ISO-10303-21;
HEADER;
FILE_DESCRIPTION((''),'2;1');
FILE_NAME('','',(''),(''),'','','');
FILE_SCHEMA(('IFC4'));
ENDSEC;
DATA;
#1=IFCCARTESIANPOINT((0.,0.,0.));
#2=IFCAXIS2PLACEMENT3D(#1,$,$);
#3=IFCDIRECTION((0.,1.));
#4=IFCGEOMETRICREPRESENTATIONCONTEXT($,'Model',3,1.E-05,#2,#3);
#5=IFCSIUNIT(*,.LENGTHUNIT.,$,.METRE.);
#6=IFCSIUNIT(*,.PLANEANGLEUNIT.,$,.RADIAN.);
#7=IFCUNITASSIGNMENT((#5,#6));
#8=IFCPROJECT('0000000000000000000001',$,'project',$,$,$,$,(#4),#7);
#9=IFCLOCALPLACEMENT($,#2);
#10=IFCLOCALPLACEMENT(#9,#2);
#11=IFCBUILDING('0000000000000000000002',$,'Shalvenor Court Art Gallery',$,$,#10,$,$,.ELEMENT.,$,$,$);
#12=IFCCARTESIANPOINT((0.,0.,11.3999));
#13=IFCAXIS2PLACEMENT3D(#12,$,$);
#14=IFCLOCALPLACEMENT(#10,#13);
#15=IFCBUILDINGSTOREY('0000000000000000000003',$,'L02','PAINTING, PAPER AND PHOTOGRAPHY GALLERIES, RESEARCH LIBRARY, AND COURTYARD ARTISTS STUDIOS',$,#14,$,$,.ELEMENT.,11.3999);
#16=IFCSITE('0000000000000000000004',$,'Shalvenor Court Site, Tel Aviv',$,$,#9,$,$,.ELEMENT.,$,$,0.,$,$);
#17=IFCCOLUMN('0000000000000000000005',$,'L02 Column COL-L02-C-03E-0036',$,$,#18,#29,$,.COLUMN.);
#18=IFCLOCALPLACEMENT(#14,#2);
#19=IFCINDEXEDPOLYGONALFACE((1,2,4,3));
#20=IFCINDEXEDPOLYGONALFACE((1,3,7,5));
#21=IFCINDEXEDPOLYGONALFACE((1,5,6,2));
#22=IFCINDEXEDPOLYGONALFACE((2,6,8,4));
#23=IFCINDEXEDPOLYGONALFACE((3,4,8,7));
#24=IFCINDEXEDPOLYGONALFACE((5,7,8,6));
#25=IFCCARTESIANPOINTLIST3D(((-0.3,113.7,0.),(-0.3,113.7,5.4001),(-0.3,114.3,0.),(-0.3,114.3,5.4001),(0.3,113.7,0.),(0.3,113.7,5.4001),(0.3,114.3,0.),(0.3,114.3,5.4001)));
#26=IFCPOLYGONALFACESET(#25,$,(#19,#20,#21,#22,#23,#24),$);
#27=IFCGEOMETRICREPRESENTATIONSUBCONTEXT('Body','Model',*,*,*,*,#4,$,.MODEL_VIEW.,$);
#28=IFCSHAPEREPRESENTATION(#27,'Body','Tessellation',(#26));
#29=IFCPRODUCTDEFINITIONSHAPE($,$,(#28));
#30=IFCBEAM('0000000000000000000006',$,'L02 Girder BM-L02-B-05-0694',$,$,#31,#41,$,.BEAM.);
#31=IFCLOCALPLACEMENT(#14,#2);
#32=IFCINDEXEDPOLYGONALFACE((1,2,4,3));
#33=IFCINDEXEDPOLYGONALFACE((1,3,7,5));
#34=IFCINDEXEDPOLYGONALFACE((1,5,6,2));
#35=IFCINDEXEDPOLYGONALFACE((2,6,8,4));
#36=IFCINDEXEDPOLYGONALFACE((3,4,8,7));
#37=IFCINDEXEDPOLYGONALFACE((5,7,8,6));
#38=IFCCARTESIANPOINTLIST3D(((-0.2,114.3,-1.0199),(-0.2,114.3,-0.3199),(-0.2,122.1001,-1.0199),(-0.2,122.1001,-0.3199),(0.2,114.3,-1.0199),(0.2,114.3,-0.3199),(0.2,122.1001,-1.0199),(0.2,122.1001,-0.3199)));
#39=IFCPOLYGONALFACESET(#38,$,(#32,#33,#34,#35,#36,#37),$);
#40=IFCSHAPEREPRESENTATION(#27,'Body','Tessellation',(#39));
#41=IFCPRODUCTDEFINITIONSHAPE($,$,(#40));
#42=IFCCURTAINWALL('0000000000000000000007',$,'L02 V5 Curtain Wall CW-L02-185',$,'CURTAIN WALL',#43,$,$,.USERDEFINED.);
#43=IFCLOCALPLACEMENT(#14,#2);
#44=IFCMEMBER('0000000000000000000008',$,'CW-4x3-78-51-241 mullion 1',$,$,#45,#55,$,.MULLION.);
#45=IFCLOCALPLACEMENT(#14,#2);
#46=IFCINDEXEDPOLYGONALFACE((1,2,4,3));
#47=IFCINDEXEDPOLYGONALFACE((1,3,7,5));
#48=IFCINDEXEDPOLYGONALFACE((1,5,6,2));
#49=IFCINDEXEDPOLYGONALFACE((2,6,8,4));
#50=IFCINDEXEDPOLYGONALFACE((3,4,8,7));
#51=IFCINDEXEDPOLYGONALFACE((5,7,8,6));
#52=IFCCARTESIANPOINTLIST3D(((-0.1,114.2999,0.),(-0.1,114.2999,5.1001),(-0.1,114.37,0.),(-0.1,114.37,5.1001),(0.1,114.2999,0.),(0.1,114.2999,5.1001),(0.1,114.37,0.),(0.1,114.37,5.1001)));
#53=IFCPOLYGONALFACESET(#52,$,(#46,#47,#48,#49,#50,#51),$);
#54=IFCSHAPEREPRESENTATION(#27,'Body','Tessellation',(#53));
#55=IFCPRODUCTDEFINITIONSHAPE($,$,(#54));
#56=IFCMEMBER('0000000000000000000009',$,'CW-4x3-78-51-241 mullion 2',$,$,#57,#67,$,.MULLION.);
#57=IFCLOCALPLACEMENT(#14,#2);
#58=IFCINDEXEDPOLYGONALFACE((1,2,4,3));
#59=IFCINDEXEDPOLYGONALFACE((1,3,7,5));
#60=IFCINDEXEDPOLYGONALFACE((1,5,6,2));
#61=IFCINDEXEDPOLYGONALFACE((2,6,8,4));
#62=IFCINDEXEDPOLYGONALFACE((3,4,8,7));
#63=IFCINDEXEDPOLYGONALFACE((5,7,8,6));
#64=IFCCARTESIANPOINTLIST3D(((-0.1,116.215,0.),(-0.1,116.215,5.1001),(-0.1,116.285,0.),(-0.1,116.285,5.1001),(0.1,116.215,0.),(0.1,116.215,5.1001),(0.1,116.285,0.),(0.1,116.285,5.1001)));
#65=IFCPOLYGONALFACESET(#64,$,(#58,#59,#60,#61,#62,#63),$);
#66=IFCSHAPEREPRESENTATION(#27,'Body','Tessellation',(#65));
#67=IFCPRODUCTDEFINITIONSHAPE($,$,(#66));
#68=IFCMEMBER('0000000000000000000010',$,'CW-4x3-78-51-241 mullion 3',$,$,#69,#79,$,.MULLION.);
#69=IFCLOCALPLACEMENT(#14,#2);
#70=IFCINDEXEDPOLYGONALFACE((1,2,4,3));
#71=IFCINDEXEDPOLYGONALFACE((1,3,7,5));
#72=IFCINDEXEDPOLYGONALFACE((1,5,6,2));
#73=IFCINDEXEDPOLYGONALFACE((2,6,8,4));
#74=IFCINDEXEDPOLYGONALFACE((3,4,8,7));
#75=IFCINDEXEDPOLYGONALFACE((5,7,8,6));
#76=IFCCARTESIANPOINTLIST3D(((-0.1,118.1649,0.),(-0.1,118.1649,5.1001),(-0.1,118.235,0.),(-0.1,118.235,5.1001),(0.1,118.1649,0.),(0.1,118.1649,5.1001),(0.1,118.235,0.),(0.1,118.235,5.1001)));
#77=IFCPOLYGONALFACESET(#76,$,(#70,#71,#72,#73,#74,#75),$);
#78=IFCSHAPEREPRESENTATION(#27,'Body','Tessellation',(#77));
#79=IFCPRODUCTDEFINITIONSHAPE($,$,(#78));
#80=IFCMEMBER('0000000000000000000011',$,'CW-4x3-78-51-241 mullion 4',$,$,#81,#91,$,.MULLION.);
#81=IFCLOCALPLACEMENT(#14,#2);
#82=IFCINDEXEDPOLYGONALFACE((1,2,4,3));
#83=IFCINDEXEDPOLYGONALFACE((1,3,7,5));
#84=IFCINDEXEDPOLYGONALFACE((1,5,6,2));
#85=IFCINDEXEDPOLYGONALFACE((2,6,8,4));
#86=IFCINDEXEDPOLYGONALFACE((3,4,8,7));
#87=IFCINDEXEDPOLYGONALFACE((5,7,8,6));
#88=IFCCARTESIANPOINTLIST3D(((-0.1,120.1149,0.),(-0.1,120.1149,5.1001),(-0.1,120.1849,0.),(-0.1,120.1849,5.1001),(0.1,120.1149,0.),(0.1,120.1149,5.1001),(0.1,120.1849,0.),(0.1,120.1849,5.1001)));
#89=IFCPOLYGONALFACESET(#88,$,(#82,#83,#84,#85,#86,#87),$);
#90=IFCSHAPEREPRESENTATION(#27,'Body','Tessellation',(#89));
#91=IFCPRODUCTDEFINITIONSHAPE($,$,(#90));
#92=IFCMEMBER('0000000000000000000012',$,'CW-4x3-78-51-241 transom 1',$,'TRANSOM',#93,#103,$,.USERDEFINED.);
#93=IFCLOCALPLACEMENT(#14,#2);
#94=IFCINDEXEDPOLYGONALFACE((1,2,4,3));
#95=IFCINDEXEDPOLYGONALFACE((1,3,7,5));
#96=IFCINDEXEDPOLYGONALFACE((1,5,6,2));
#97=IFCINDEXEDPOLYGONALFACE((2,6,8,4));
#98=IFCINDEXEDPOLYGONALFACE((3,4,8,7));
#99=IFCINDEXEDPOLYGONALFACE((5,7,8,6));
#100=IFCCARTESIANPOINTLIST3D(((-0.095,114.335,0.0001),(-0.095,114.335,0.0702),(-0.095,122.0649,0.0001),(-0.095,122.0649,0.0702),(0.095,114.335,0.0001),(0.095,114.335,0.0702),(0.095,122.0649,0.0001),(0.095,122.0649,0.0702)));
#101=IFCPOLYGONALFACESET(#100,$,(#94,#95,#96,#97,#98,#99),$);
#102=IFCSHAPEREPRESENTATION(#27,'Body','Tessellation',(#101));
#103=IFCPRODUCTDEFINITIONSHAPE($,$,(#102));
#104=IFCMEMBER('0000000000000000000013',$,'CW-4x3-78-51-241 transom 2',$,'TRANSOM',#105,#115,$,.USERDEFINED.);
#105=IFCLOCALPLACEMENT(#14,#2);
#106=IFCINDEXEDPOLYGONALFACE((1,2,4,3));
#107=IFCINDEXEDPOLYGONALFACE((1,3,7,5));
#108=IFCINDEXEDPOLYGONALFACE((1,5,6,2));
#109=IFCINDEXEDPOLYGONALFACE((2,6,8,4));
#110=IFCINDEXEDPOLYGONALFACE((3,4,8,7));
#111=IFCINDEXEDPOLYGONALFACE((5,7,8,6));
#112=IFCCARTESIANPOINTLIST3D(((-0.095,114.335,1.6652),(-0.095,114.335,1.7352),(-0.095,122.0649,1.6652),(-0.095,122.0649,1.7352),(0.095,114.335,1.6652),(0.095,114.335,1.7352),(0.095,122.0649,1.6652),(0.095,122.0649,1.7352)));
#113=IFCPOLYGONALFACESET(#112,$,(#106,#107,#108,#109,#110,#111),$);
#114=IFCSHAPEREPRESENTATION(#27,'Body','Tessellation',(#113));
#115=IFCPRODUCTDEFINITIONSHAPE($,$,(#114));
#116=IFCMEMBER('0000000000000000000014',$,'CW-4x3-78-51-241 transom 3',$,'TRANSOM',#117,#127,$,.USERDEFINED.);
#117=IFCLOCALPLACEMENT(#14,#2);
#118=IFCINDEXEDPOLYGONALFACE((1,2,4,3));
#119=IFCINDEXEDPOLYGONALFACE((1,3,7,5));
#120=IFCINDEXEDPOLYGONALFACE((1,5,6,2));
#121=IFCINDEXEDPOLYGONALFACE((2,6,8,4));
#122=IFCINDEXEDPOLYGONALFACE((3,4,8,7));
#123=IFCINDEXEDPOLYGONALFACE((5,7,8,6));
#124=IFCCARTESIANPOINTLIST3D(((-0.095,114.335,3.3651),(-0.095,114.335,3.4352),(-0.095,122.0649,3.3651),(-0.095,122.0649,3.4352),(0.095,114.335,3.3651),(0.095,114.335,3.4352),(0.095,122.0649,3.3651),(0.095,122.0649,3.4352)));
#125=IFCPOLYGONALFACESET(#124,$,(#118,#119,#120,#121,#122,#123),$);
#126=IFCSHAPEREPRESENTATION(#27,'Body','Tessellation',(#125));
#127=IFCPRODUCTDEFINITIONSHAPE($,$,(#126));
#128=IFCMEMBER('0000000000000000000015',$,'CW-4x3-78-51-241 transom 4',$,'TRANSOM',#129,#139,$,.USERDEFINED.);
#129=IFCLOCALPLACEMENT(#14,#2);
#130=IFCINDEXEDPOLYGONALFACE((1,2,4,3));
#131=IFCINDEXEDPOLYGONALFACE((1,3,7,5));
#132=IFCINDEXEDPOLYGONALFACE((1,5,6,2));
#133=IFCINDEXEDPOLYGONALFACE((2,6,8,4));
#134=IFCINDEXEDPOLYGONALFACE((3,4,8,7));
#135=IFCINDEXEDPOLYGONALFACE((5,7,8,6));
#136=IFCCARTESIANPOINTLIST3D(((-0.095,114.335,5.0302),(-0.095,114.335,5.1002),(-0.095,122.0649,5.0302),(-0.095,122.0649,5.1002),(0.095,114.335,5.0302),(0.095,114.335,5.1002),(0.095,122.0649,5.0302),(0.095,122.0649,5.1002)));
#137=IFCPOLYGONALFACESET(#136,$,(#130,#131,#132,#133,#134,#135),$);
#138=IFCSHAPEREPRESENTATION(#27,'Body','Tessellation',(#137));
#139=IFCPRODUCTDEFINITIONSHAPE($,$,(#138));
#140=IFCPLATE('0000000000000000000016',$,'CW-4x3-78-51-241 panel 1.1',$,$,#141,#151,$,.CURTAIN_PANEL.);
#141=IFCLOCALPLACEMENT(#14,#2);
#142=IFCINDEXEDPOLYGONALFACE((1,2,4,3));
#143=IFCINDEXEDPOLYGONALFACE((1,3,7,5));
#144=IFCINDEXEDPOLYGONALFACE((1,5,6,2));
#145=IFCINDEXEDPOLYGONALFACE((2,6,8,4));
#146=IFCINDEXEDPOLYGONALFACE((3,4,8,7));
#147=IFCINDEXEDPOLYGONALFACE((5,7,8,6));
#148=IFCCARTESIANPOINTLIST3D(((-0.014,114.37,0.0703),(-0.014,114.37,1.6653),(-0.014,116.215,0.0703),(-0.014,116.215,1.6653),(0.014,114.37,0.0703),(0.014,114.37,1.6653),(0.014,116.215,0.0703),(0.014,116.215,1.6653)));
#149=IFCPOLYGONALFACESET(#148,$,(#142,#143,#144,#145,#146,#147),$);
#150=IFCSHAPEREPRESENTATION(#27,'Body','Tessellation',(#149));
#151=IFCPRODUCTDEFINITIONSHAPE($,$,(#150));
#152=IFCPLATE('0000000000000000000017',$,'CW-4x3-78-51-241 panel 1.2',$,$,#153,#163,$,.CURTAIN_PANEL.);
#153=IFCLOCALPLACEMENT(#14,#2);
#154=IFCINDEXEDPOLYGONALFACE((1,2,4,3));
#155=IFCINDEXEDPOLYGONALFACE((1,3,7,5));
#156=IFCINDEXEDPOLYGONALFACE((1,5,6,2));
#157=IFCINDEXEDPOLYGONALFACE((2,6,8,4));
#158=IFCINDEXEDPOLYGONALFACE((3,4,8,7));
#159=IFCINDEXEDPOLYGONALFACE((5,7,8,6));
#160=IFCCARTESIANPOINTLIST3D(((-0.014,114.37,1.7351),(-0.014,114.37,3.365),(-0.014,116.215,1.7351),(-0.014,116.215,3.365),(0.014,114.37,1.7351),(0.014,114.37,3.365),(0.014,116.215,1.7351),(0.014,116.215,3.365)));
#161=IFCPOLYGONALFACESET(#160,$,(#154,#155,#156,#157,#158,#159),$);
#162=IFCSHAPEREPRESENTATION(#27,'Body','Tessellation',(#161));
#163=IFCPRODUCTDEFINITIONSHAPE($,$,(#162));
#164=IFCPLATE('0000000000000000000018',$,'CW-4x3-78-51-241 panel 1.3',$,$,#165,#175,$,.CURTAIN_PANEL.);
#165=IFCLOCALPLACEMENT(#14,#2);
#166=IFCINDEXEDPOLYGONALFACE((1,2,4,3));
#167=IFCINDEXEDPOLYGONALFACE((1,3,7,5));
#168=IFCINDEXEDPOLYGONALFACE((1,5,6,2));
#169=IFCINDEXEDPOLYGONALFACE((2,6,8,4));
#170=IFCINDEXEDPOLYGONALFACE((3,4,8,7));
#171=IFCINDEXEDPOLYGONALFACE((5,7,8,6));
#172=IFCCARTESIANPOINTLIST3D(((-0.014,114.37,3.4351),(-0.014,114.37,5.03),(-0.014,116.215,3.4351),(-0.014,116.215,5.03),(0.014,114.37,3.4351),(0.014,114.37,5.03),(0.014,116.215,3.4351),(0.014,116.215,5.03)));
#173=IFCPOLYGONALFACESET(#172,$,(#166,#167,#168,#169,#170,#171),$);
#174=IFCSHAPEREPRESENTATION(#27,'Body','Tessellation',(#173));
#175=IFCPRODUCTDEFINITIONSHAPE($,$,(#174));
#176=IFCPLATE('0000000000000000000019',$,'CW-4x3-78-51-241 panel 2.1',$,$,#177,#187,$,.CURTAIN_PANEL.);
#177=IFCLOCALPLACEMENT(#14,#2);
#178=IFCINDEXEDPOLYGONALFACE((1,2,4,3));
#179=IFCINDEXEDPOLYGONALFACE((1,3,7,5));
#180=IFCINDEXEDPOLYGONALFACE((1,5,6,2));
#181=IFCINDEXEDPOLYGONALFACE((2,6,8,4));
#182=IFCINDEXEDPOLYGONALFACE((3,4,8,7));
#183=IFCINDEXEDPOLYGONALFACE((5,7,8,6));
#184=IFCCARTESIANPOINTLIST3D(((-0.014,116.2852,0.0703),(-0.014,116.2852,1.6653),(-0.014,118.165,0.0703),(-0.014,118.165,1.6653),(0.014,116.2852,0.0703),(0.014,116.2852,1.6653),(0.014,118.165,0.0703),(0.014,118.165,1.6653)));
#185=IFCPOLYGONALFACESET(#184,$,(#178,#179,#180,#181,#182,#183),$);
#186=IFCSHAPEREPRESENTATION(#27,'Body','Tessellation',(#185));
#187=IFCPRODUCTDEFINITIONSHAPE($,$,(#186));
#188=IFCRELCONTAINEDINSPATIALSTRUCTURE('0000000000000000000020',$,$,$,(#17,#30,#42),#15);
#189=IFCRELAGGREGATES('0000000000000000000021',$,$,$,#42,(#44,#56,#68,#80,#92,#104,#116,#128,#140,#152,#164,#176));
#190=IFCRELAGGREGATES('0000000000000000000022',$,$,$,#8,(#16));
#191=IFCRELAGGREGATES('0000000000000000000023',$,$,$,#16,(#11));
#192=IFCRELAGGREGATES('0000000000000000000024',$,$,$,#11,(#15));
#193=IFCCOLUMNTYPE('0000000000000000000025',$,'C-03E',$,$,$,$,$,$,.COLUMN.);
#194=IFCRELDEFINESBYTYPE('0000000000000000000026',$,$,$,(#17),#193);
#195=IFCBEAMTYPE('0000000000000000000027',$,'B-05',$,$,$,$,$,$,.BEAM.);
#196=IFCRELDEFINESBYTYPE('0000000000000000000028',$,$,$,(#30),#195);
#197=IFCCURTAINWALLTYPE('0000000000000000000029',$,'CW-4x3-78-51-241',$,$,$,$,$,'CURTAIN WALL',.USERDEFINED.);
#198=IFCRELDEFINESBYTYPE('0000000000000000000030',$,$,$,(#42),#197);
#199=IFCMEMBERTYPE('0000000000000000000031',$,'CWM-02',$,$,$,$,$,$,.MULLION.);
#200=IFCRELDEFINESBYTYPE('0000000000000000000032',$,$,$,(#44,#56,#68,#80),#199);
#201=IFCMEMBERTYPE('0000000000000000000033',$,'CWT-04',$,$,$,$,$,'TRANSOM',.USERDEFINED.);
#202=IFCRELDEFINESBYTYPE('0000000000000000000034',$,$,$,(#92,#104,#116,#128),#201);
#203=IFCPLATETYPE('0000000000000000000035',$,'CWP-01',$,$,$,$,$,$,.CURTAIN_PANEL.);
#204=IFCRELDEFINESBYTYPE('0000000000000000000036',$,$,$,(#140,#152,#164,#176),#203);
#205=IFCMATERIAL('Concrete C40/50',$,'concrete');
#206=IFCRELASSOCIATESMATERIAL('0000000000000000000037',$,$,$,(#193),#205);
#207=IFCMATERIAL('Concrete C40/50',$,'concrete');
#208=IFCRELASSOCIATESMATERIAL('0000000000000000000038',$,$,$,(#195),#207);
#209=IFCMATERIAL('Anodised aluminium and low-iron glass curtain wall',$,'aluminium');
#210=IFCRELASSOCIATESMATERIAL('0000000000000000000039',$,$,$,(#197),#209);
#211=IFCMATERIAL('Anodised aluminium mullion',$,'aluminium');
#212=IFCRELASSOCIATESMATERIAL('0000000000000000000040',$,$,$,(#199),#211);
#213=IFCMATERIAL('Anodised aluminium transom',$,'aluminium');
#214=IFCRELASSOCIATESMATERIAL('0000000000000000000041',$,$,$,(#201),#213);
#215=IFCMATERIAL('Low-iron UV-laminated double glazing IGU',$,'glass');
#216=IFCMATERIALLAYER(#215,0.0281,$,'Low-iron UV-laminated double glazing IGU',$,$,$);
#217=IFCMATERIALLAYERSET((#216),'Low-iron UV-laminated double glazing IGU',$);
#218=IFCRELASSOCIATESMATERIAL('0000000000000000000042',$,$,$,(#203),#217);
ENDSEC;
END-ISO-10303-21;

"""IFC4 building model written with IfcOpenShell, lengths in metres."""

from ifc_helpers import new_model, si_unit, direction, frame, origin, origin_2d, place, context, subcontext, project, spatial, rectangle, extrude, material, layer, layer_set, material_profile, profile_set, type_object, element, aggregate, save


model = new_model("IFC4")

# Units and contexts
model_context = context("Model", 3, precision=1e-05, world=origin(), true_north=direction((0.0, 1.0)))
body_context = subcontext(model_context, "Body", "Model", "MODEL_VIEW")
ifc_project = project(units=[si_unit("LENGTHUNIT", "METRE"), si_unit("PLANEANGLEUNIT", "RADIAN")], contexts=[model_context])

# Site, building, storey
site_placement = place(None, origin())
site = spatial("IfcSite", under=ifc_project, at=site_placement, Name="Shalvenor Court Site, Tel Aviv", CompositionType="ELEMENT", RefElevation=0.0)
building_placement = place(site_placement, origin())
building = spatial("IfcBuilding", under=site, at=building_placement, Name="Shalvenor Court Art Gallery", CompositionType="ELEMENT")
storey_placement = place(building_placement, frame((0.0, 0.0, 11.3999)))
storey = spatial("IfcBuildingStorey", under=building, at=storey_placement, Name="L02", Description="PAINTING, PAPER AND PHOTOGRAPHY GALLERIES, RESEARCH LIBRARY, AND COURTYARD ARTISTS STUDIOS", CompositionType="ELEMENT", Elevation=11.3999)

# Column
ifc_material_1 = material(Name="Concrete C40/50", Category="concrete")
ifc_material_profile_1 = material_profile(ifc_material_1, rectangle(XDim=0.6001, YDim=0.6001, at=origin_2d()), Name="RC 600x600")
ifc_profile_set_1 = profile_set([ifc_material_profile_1], Name="Concrete C40/50")
column_type = type_object("IfcColumnType", Name="C-03E", PredefinedType="COLUMN", material=ifc_profile_set_1)
column_placement = place(storey_placement, frame((0.0, 114.0, 0.0), z_axis=(0.0, 0.0, 1.0), x_axis=(1.0, 0.0, 0.0)))
element("IfcColumn", 1, at=column_placement, inside=storey, type_object=column_type, Name="L02 Column COL-L02-C-03E-0036", PredefinedType="COLUMN", context=body_context, shape_type="SweptSolid", body=[
    extrude(rectangle(XDim=0.6001, YDim=0.6001, at=origin_2d()), origin(), (0.0, 0.0, 1.0), 5.4001),
])

# Beam
ifc_material_2 = material(Name="Concrete C40/50", Category="concrete")
ifc_material_profile_2 = material_profile(ifc_material_2, rectangle(XDim=0.3999, YDim=0.7, at=origin_2d()), Name="RC 400x700")
ifc_profile_set_2 = profile_set([ifc_material_profile_2], Name="Concrete C40/50")
beam_type = type_object("IfcBeamType", Name="B-05", PredefinedType="BEAM", material=ifc_profile_set_2)
beam_placement = place(storey_placement, frame((0.0, 114.3, -0.6699), z_axis=(0.0, 1.0, 0.0), x_axis=(-1.0, 0.0, 0.0)))
element("IfcBeam", 2, at=beam_placement, inside=storey, type_object=beam_type, Name="L02 Girder BM-L02-B-05-0694", PredefinedType="BEAM", context=body_context, shape_type="SweptSolid", body=[
    extrude(rectangle(XDim=0.3999, YDim=0.7, at=origin_2d()), origin(), (0.0, 0.0, 1.0), 7.8),
])

# Curtain wall, members, plates
ifc_material_3 = material(Name="Anodised aluminium and low-iron glass curtain wall", Category="aluminium")
curtain_wall_type = type_object("IfcCurtainWallType", Name="CW-4x3-78-51-241", ElementType="CURTAIN WALL", PredefinedType="USERDEFINED", material=ifc_material_3)
curtain_wall_placement = place(storey_placement, origin())
curtain_wall = element("IfcCurtainWall", 3, at=curtain_wall_placement, inside=storey, type_object=curtain_wall_type, Name="L02 V5 Curtain Wall CW-L02-185", ObjectType="CURTAIN WALL", PredefinedType="USERDEFINED")
ifc_material_4 = material(Name="Anodised aluminium mullion", Category="aluminium")
ifc_material_profile_3 = material_profile(ifc_material_4, rectangle(XDim=0.0701, YDim=0.2, at=origin_2d()), Name="CWM-02")
ifc_profile_set_3 = profile_set([ifc_material_profile_3], Name="Anodised aluminium mullion")
member_type_1 = type_object("IfcMemberType", Name="CWM-02", PredefinedType="MULLION", material=ifc_profile_set_3)
member_1_placement = place(storey_placement, frame((0.0, 114.335, 0.0), z_axis=(0.0, 0.0, 1.0), x_axis=(0.0, 1.0, 0.0)))
member_1 = element("IfcMember", 4, at=member_1_placement, type_object=member_type_1, Name="CW-4x3-78-51-241 mullion 1", PredefinedType="MULLION", context=body_context, shape_type="SweptSolid", body=[
    extrude(rectangle(XDim=0.0701, YDim=0.2, at=origin_2d()), origin(), (0.0, 0.0, 1.0), 5.1001),
])
member_2_placement = place(storey_placement, frame((0.0, 116.25, 0.0), z_axis=(0.0, 0.0, 1.0), x_axis=(0.0, 1.0, 0.0)))
member_2 = element("IfcMember", 5, at=member_2_placement, type_object=member_type_1, Name="CW-4x3-78-51-241 mullion 2", PredefinedType="MULLION", context=body_context, shape_type="SweptSolid", body=[
    extrude(rectangle(XDim=0.0701, YDim=0.2, at=origin_2d()), origin(), (0.0, 0.0, 1.0), 5.1001),
])
member_3_placement = place(storey_placement, frame((0.0, 118.2, 0.0), z_axis=(0.0, 0.0, 1.0), x_axis=(0.0, 1.0, 0.0)))
member_3 = element("IfcMember", 6, at=member_3_placement, type_object=member_type_1, Name="CW-4x3-78-51-241 mullion 3", PredefinedType="MULLION", context=body_context, shape_type="SweptSolid", body=[
    extrude(rectangle(XDim=0.0701, YDim=0.2, at=origin_2d()), origin(), (0.0, 0.0, 1.0), 5.1001),
])
member_4_placement = place(storey_placement, frame((0.0, 120.1499, 0.0), z_axis=(0.0, 0.0, 1.0), x_axis=(0.0, 1.0, 0.0)))
member_4 = element("IfcMember", 7, at=member_4_placement, type_object=member_type_1, Name="CW-4x3-78-51-241 mullion 4", PredefinedType="MULLION", context=body_context, shape_type="SweptSolid", body=[
    extrude(rectangle(XDim=0.0701, YDim=0.2, at=origin_2d()), origin(), (0.0, 0.0, 1.0), 5.1001),
])
ifc_material_5 = material(Name="Anodised aluminium transom", Category="aluminium")
ifc_material_profile_4 = material_profile(ifc_material_5, rectangle(XDim=0.1899, YDim=0.0701, at=origin_2d()), Name="CWT-04")
ifc_profile_set_4 = profile_set([ifc_material_profile_4], Name="Anodised aluminium transom")
member_type_2 = type_object("IfcMemberType", Name="CWT-04", ElementType="TRANSOM", PredefinedType="USERDEFINED", material=ifc_profile_set_4)
member_5_placement = place(storey_placement, frame((0.0, 114.335, 0.0352), z_axis=(0.0, 1.0, 0.0), x_axis=(-1.0, 0.0, 0.0)))
member_5 = element("IfcMember", 8, at=member_5_placement, type_object=member_type_2, Name="CW-4x3-78-51-241 transom 1", ObjectType="TRANSOM", PredefinedType="USERDEFINED", context=body_context, shape_type="SweptSolid", body=[
    extrude(rectangle(XDim=0.1899, YDim=0.0701, at=origin_2d()), origin(), (0.0, 0.0, 1.0), 7.73),
])
member_6_placement = place(storey_placement, frame((0.0, 114.335, 1.7002), z_axis=(0.0, 1.0, 0.0), x_axis=(-1.0, 0.0, 0.0)))
member_6 = element("IfcMember", 9, at=member_6_placement, type_object=member_type_2, Name="CW-4x3-78-51-241 transom 2", ObjectType="TRANSOM", PredefinedType="USERDEFINED", context=body_context, shape_type="SweptSolid", body=[
    extrude(rectangle(XDim=0.1899, YDim=0.0701, at=origin_2d()), origin(), (0.0, 0.0, 1.0), 7.73),
])
member_7_placement = place(storey_placement, frame((0.0, 114.335, 3.4001), z_axis=(0.0, 1.0, 0.0), x_axis=(-1.0, 0.0, 0.0)))
member_7 = element("IfcMember", 10, at=member_7_placement, type_object=member_type_2, Name="CW-4x3-78-51-241 transom 3", ObjectType="TRANSOM", PredefinedType="USERDEFINED", context=body_context, shape_type="SweptSolid", body=[
    extrude(rectangle(XDim=0.1899, YDim=0.0701, at=origin_2d()), origin(), (0.0, 0.0, 1.0), 7.73),
])
member_8_placement = place(storey_placement, frame((0.0, 114.335, 5.0652), z_axis=(0.0, 1.0, 0.0), x_axis=(-1.0, 0.0, 0.0)))
member_8 = element("IfcMember", 11, at=member_8_placement, type_object=member_type_2, Name="CW-4x3-78-51-241 transom 4", ObjectType="TRANSOM", PredefinedType="USERDEFINED", context=body_context, shape_type="SweptSolid", body=[
    extrude(rectangle(XDim=0.1899, YDim=0.0701, at=origin_2d()), origin(), (0.0, 0.0, 1.0), 7.73),
])
ifc_material_6 = material(Name="Low-iron UV-laminated double glazing IGU", Category="glass")
ifc_layer_1 = layer(ifc_material_6, 0.0281, Name="Low-iron UV-laminated double glazing IGU")
ifc_layer_set_1 = layer_set([ifc_layer_1], Name="Low-iron UV-laminated double glazing IGU")
plate_type_1 = type_object("IfcPlateType", Name="CWP-01", PredefinedType="CURTAIN_PANEL", material=ifc_layer_set_1)
plate_1_placement = place(storey_placement, frame((0.0, 115.2925, 0.0703), z_axis=(0.0, 0.0, 1.0), x_axis=(0.0, 1.0, 0.0)))
plate_1 = element("IfcPlate", 12, at=plate_1_placement, type_object=plate_type_1, Name="CW-4x3-78-51-241 panel 1.1", PredefinedType="CURTAIN_PANEL", context=body_context, shape_type="SweptSolid", body=[
    extrude(rectangle(XDim=1.845, YDim=0.0281, at=origin_2d()), origin(), (0.0, 0.0, 1.0), 1.595),
])
plate_2_placement = place(storey_placement, frame((0.0, 115.2925, 1.7351), z_axis=(0.0, 0.0, 1.0), x_axis=(0.0, 1.0, 0.0)))
plate_2 = element("IfcPlate", 13, at=plate_2_placement, type_object=plate_type_1, Name="CW-4x3-78-51-241 panel 1.2", PredefinedType="CURTAIN_PANEL", context=body_context, shape_type="SweptSolid", body=[
    extrude(rectangle(XDim=1.845, YDim=0.0281, at=origin_2d()), origin(), (0.0, 0.0, 1.0), 1.6299),
])
plate_3_placement = place(storey_placement, frame((0.0, 115.2925, 3.4351), z_axis=(0.0, 0.0, 1.0), x_axis=(0.0, 1.0, 0.0)))
plate_3 = element("IfcPlate", 14, at=plate_3_placement, type_object=plate_type_1, Name="CW-4x3-78-51-241 panel 1.3", PredefinedType="CURTAIN_PANEL", context=body_context, shape_type="SweptSolid", body=[
    extrude(rectangle(XDim=1.845, YDim=0.0281, at=origin_2d()), origin(), (0.0, 0.0, 1.0), 1.595),
])
plate_4_placement = place(storey_placement, frame((0.0, 117.2251, 0.0703), z_axis=(0.0, 0.0, 1.0), x_axis=(0.0, 1.0, 0.0)))
plate_4 = element("IfcPlate", 15, at=plate_4_placement, type_object=plate_type_1, Name="CW-4x3-78-51-241 panel 2.1", PredefinedType="CURTAIN_PANEL", context=body_context, shape_type="SweptSolid", body=[
    extrude(rectangle(XDim=1.8799, YDim=0.0281, at=origin_2d()), origin(), (0.0, 0.0, 1.0), 1.595),
])
aggregate(curtain_wall, [member_1, member_2, member_3, member_4, member_5, member_6, member_7, member_8, plate_1, plate_2, plate_3, plate_4])

save(model, "model.ifc")
